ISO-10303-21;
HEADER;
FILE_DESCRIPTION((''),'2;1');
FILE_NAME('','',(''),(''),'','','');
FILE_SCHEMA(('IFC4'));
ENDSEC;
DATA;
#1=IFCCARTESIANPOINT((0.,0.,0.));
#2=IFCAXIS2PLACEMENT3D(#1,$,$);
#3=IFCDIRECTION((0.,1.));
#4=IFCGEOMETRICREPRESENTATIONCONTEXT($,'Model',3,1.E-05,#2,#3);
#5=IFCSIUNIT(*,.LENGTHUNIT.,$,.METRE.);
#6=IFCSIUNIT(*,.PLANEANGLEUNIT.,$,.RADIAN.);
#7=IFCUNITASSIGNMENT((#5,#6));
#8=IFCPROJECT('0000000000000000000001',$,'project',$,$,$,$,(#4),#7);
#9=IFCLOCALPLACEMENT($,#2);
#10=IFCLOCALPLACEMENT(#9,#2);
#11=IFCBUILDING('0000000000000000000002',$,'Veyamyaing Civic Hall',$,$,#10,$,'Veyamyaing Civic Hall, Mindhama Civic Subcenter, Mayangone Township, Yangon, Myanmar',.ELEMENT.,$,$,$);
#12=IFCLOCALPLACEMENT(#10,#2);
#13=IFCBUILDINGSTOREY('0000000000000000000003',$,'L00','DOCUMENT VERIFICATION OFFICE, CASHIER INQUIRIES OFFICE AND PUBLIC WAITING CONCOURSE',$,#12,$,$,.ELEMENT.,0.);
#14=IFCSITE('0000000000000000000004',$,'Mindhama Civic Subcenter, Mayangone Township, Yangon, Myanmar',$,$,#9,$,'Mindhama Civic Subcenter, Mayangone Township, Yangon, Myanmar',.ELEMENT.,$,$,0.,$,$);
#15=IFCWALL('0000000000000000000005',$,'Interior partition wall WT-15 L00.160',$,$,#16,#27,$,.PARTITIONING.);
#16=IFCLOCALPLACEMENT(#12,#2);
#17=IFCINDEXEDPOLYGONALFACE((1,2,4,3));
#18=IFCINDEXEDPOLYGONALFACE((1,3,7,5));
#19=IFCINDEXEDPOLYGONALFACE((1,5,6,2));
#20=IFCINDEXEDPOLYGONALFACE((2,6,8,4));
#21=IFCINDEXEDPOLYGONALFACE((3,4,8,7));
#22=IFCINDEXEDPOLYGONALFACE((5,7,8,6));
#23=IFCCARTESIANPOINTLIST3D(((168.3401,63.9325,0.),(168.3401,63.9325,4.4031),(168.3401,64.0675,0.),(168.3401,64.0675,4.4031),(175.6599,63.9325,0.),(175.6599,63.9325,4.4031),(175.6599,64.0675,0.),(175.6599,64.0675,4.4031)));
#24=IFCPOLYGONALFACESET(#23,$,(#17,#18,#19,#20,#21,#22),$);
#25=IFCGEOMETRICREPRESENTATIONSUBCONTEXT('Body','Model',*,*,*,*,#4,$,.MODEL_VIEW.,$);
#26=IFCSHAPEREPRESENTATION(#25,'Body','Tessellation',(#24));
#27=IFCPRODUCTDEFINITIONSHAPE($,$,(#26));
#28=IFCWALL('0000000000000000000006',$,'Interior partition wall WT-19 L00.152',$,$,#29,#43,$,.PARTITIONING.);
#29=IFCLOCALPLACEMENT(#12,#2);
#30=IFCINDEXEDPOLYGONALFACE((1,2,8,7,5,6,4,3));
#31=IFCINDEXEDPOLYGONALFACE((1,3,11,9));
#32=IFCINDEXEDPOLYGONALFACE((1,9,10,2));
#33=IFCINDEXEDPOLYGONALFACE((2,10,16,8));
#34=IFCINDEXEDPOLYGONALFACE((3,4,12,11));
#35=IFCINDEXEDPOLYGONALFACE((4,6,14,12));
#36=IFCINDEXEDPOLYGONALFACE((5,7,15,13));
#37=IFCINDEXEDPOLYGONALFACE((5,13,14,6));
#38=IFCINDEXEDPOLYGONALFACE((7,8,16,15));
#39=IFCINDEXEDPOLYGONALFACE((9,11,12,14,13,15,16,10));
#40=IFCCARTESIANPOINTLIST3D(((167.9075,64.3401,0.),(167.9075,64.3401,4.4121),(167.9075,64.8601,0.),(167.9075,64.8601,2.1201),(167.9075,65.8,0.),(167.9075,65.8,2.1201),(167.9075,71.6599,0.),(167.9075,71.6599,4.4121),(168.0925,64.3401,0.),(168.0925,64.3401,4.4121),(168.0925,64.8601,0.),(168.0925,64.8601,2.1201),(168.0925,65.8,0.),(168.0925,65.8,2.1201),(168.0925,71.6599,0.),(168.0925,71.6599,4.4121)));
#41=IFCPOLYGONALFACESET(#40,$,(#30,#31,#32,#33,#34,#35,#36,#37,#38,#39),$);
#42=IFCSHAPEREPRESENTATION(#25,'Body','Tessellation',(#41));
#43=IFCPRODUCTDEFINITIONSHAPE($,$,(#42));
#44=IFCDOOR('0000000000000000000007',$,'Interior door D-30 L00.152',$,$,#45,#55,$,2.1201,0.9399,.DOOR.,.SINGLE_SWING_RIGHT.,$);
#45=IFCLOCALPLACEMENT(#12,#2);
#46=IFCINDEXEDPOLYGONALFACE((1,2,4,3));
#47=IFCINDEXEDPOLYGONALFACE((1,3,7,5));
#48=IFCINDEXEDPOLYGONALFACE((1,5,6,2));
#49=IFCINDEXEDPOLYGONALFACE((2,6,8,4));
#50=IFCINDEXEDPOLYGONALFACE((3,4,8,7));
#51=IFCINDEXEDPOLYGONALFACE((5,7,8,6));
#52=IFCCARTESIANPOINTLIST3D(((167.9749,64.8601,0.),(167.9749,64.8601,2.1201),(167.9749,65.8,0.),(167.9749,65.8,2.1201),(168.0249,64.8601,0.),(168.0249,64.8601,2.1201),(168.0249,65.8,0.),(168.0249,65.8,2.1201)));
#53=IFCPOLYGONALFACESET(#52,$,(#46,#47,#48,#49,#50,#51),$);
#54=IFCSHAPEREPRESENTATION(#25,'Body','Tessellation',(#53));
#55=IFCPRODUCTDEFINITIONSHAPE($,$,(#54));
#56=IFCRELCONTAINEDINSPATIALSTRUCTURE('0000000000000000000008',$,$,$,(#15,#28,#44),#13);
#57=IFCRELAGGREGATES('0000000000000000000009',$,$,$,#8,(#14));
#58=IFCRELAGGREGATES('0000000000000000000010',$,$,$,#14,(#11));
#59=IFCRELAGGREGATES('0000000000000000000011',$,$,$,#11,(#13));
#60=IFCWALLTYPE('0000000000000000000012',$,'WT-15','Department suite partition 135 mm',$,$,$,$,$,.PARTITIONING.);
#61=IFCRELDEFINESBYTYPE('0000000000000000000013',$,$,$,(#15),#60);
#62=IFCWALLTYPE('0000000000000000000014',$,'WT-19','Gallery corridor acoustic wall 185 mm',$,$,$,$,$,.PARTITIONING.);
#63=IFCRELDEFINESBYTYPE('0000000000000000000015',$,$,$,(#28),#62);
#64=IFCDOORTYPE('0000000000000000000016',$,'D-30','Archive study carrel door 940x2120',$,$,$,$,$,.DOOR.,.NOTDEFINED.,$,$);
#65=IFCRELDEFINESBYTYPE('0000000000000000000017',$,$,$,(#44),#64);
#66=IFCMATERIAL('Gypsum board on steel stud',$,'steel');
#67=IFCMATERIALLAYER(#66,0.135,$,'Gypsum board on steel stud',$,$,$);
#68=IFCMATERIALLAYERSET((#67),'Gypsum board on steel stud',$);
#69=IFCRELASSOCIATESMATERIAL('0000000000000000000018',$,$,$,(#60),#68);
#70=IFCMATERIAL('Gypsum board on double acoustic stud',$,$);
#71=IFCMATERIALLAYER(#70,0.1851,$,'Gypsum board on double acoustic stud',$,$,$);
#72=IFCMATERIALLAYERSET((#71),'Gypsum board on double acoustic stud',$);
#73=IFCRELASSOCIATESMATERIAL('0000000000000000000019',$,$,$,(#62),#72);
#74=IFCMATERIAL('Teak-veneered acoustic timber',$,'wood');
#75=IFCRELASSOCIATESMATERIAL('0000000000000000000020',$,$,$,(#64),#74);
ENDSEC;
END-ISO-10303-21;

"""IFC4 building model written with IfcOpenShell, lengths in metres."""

from ifc_helpers import new_model, si_unit, direction, frame, frame_2d, origin, place, context, subcontext, project, spatial, rectangle, extrude, material, layer, layer_set, type_object, element, fill, save


model = new_model("IFC4")

# Units and contexts
model_context = context("Model", 3, precision=1e-05, world=origin(), true_north=direction((0.0, 1.0)))
body_context = subcontext(model_context, "Body", "Model", "MODEL_VIEW")
ifc_project = project(units=[si_unit("LENGTHUNIT", "METRE"), si_unit("PLANEANGLEUNIT", "RADIAN")], contexts=[model_context])

# Site, building, storey
site_placement = place(None, origin())
site = spatial("IfcSite", under=ifc_project, at=site_placement, Name="Mindhama Civic Subcenter, Mayangone Township, Yangon, Myanmar", LongName="Mindhama Civic Subcenter, Mayangone Township, Yangon, Myanmar", CompositionType="ELEMENT", RefElevation=0.0)
building_placement = place(site_placement, origin())
building = spatial("IfcBuilding", under=site, at=building_placement, Name="Veyamyaing Civic Hall", LongName="Veyamyaing Civic Hall, Mindhama Civic Subcenter, Mayangone Township, Yangon, Myanmar", CompositionType="ELEMENT")
storey_placement = place(building_placement, origin())
storey = spatial("IfcBuildingStorey", under=building, at=storey_placement, Name="L00", Description="DOCUMENT VERIFICATION OFFICE, CASHIER INQUIRIES OFFICE AND PUBLIC WAITING CONCOURSE", CompositionType="ELEMENT", Elevation=0.0)

# Wall
ifc_material_1 = material(Name="Gypsum board on steel stud", Category="steel")
ifc_layer_1 = layer(ifc_material_1, 0.135, Name="Gypsum board on steel stud")
ifc_layer_set_1 = layer_set([ifc_layer_1], Name="Gypsum board on steel stud")
wall_type_1 = type_object("IfcWallType", Name="WT-15", Description="Department suite partition 135 mm", PredefinedType="PARTITIONING", material=ifc_layer_set_1)
wall_1_placement = place(storey_placement, frame((168.3401, 64.0, 0.0), z_axis=(0.0, 0.0, 1.0), x_axis=(1.0, 0.0, 0.0)))
element("IfcWall", 1, at=wall_1_placement, inside=storey, type_object=wall_type_1, Name="Interior partition wall WT-15 L00.160", PredefinedType="PARTITIONING", context=body_context, shape_type="SweptSolid", body=[
    extrude(rectangle(XDim=7.3198, YDim=0.135, at=frame_2d((3.6599, 0.0))), origin(), (0.0, 0.0, 1.0), 4.4031),
])

# Wall, opening, door
ifc_material_2 = material(Name="Gypsum board on double acoustic stud")
ifc_layer_2 = layer(ifc_material_2, 0.1851, Name="Gypsum board on double acoustic stud")
ifc_layer_set_2 = layer_set([ifc_layer_2], Name="Gypsum board on double acoustic stud")
wall_type_2 = type_object("IfcWallType", Name="WT-19", Description="Gallery corridor acoustic wall 185 mm", PredefinedType="PARTITIONING", material=ifc_layer_set_2)
wall_2_placement = place(storey_placement, frame((168.0, 64.3401, 0.0), z_axis=(0.0, 0.0, 1.0), x_axis=(0.0, 1.0, 0.0)))
wall_2 = element("IfcWall", 2, at=wall_2_placement, inside=storey, type_object=wall_type_2, Name="Interior partition wall WT-19 L00.152", PredefinedType="PARTITIONING", context=body_context, shape_type="SweptSolid", body=[
    extrude(rectangle(XDim=7.3198, YDim=0.1851, at=frame_2d((3.6599, 0.0))), origin(), (0.0, 0.0, 1.0), 4.4121),
])
opening_1_placement = place(wall_2_placement, frame((0.52, 0.0, 0.0)))
opening_1 = element("IfcOpeningElement", 3, at=opening_1_placement, cuts=wall_2, PredefinedType="OPENING", context=body_context, shape_type="SweptSolid", body=[
    extrude(rectangle(XDim=0.9399, YDim=2.1201, at=frame_2d((0.47, 1.0601))), frame((0.0, 0.1025, 0.0), z_axis=(0.0, -1.0, 0.0), x_axis=(1.0, 0.0, 0.0)), (0.0, 0.0, 1.0), 0.2051),
])
ifc_material_3 = material(Name="Teak-veneered acoustic timber", Category="wood")
door_type = type_object("IfcDoorType", Name="D-30", Description="Archive study carrel door 940x2120", OperationType="NOTDEFINED", PredefinedType="DOOR", material=ifc_material_3)
door_placement = place(opening_1_placement, frame((0.9399, 0.0, 0.0), z_axis=(0.0, 0.0, 1.0), x_axis=(-1.0, 0.0, 0.0)))
door = element("IfcDoor", 4, at=door_placement, inside=storey, type_object=door_type, Name="Interior door D-30 L00.152", OperationType="SINGLE_SWING_RIGHT", OverallHeight=2.1201, OverallWidth=0.9399, PredefinedType="DOOR", context=body_context, shape_type="SweptSolid", body=[
    extrude(rectangle(XDim=0.9399, YDim=2.1201, at=frame_2d((0.47, 1.0601))), frame((0.0, 0.0249, 0.0), z_axis=(0.0, -1.0, 0.0), x_axis=(1.0, 0.0, 0.0)), (0.0, 0.0, 1.0), 0.05),
])
fill(opening_1, door)

save(model, "model.ifc")
